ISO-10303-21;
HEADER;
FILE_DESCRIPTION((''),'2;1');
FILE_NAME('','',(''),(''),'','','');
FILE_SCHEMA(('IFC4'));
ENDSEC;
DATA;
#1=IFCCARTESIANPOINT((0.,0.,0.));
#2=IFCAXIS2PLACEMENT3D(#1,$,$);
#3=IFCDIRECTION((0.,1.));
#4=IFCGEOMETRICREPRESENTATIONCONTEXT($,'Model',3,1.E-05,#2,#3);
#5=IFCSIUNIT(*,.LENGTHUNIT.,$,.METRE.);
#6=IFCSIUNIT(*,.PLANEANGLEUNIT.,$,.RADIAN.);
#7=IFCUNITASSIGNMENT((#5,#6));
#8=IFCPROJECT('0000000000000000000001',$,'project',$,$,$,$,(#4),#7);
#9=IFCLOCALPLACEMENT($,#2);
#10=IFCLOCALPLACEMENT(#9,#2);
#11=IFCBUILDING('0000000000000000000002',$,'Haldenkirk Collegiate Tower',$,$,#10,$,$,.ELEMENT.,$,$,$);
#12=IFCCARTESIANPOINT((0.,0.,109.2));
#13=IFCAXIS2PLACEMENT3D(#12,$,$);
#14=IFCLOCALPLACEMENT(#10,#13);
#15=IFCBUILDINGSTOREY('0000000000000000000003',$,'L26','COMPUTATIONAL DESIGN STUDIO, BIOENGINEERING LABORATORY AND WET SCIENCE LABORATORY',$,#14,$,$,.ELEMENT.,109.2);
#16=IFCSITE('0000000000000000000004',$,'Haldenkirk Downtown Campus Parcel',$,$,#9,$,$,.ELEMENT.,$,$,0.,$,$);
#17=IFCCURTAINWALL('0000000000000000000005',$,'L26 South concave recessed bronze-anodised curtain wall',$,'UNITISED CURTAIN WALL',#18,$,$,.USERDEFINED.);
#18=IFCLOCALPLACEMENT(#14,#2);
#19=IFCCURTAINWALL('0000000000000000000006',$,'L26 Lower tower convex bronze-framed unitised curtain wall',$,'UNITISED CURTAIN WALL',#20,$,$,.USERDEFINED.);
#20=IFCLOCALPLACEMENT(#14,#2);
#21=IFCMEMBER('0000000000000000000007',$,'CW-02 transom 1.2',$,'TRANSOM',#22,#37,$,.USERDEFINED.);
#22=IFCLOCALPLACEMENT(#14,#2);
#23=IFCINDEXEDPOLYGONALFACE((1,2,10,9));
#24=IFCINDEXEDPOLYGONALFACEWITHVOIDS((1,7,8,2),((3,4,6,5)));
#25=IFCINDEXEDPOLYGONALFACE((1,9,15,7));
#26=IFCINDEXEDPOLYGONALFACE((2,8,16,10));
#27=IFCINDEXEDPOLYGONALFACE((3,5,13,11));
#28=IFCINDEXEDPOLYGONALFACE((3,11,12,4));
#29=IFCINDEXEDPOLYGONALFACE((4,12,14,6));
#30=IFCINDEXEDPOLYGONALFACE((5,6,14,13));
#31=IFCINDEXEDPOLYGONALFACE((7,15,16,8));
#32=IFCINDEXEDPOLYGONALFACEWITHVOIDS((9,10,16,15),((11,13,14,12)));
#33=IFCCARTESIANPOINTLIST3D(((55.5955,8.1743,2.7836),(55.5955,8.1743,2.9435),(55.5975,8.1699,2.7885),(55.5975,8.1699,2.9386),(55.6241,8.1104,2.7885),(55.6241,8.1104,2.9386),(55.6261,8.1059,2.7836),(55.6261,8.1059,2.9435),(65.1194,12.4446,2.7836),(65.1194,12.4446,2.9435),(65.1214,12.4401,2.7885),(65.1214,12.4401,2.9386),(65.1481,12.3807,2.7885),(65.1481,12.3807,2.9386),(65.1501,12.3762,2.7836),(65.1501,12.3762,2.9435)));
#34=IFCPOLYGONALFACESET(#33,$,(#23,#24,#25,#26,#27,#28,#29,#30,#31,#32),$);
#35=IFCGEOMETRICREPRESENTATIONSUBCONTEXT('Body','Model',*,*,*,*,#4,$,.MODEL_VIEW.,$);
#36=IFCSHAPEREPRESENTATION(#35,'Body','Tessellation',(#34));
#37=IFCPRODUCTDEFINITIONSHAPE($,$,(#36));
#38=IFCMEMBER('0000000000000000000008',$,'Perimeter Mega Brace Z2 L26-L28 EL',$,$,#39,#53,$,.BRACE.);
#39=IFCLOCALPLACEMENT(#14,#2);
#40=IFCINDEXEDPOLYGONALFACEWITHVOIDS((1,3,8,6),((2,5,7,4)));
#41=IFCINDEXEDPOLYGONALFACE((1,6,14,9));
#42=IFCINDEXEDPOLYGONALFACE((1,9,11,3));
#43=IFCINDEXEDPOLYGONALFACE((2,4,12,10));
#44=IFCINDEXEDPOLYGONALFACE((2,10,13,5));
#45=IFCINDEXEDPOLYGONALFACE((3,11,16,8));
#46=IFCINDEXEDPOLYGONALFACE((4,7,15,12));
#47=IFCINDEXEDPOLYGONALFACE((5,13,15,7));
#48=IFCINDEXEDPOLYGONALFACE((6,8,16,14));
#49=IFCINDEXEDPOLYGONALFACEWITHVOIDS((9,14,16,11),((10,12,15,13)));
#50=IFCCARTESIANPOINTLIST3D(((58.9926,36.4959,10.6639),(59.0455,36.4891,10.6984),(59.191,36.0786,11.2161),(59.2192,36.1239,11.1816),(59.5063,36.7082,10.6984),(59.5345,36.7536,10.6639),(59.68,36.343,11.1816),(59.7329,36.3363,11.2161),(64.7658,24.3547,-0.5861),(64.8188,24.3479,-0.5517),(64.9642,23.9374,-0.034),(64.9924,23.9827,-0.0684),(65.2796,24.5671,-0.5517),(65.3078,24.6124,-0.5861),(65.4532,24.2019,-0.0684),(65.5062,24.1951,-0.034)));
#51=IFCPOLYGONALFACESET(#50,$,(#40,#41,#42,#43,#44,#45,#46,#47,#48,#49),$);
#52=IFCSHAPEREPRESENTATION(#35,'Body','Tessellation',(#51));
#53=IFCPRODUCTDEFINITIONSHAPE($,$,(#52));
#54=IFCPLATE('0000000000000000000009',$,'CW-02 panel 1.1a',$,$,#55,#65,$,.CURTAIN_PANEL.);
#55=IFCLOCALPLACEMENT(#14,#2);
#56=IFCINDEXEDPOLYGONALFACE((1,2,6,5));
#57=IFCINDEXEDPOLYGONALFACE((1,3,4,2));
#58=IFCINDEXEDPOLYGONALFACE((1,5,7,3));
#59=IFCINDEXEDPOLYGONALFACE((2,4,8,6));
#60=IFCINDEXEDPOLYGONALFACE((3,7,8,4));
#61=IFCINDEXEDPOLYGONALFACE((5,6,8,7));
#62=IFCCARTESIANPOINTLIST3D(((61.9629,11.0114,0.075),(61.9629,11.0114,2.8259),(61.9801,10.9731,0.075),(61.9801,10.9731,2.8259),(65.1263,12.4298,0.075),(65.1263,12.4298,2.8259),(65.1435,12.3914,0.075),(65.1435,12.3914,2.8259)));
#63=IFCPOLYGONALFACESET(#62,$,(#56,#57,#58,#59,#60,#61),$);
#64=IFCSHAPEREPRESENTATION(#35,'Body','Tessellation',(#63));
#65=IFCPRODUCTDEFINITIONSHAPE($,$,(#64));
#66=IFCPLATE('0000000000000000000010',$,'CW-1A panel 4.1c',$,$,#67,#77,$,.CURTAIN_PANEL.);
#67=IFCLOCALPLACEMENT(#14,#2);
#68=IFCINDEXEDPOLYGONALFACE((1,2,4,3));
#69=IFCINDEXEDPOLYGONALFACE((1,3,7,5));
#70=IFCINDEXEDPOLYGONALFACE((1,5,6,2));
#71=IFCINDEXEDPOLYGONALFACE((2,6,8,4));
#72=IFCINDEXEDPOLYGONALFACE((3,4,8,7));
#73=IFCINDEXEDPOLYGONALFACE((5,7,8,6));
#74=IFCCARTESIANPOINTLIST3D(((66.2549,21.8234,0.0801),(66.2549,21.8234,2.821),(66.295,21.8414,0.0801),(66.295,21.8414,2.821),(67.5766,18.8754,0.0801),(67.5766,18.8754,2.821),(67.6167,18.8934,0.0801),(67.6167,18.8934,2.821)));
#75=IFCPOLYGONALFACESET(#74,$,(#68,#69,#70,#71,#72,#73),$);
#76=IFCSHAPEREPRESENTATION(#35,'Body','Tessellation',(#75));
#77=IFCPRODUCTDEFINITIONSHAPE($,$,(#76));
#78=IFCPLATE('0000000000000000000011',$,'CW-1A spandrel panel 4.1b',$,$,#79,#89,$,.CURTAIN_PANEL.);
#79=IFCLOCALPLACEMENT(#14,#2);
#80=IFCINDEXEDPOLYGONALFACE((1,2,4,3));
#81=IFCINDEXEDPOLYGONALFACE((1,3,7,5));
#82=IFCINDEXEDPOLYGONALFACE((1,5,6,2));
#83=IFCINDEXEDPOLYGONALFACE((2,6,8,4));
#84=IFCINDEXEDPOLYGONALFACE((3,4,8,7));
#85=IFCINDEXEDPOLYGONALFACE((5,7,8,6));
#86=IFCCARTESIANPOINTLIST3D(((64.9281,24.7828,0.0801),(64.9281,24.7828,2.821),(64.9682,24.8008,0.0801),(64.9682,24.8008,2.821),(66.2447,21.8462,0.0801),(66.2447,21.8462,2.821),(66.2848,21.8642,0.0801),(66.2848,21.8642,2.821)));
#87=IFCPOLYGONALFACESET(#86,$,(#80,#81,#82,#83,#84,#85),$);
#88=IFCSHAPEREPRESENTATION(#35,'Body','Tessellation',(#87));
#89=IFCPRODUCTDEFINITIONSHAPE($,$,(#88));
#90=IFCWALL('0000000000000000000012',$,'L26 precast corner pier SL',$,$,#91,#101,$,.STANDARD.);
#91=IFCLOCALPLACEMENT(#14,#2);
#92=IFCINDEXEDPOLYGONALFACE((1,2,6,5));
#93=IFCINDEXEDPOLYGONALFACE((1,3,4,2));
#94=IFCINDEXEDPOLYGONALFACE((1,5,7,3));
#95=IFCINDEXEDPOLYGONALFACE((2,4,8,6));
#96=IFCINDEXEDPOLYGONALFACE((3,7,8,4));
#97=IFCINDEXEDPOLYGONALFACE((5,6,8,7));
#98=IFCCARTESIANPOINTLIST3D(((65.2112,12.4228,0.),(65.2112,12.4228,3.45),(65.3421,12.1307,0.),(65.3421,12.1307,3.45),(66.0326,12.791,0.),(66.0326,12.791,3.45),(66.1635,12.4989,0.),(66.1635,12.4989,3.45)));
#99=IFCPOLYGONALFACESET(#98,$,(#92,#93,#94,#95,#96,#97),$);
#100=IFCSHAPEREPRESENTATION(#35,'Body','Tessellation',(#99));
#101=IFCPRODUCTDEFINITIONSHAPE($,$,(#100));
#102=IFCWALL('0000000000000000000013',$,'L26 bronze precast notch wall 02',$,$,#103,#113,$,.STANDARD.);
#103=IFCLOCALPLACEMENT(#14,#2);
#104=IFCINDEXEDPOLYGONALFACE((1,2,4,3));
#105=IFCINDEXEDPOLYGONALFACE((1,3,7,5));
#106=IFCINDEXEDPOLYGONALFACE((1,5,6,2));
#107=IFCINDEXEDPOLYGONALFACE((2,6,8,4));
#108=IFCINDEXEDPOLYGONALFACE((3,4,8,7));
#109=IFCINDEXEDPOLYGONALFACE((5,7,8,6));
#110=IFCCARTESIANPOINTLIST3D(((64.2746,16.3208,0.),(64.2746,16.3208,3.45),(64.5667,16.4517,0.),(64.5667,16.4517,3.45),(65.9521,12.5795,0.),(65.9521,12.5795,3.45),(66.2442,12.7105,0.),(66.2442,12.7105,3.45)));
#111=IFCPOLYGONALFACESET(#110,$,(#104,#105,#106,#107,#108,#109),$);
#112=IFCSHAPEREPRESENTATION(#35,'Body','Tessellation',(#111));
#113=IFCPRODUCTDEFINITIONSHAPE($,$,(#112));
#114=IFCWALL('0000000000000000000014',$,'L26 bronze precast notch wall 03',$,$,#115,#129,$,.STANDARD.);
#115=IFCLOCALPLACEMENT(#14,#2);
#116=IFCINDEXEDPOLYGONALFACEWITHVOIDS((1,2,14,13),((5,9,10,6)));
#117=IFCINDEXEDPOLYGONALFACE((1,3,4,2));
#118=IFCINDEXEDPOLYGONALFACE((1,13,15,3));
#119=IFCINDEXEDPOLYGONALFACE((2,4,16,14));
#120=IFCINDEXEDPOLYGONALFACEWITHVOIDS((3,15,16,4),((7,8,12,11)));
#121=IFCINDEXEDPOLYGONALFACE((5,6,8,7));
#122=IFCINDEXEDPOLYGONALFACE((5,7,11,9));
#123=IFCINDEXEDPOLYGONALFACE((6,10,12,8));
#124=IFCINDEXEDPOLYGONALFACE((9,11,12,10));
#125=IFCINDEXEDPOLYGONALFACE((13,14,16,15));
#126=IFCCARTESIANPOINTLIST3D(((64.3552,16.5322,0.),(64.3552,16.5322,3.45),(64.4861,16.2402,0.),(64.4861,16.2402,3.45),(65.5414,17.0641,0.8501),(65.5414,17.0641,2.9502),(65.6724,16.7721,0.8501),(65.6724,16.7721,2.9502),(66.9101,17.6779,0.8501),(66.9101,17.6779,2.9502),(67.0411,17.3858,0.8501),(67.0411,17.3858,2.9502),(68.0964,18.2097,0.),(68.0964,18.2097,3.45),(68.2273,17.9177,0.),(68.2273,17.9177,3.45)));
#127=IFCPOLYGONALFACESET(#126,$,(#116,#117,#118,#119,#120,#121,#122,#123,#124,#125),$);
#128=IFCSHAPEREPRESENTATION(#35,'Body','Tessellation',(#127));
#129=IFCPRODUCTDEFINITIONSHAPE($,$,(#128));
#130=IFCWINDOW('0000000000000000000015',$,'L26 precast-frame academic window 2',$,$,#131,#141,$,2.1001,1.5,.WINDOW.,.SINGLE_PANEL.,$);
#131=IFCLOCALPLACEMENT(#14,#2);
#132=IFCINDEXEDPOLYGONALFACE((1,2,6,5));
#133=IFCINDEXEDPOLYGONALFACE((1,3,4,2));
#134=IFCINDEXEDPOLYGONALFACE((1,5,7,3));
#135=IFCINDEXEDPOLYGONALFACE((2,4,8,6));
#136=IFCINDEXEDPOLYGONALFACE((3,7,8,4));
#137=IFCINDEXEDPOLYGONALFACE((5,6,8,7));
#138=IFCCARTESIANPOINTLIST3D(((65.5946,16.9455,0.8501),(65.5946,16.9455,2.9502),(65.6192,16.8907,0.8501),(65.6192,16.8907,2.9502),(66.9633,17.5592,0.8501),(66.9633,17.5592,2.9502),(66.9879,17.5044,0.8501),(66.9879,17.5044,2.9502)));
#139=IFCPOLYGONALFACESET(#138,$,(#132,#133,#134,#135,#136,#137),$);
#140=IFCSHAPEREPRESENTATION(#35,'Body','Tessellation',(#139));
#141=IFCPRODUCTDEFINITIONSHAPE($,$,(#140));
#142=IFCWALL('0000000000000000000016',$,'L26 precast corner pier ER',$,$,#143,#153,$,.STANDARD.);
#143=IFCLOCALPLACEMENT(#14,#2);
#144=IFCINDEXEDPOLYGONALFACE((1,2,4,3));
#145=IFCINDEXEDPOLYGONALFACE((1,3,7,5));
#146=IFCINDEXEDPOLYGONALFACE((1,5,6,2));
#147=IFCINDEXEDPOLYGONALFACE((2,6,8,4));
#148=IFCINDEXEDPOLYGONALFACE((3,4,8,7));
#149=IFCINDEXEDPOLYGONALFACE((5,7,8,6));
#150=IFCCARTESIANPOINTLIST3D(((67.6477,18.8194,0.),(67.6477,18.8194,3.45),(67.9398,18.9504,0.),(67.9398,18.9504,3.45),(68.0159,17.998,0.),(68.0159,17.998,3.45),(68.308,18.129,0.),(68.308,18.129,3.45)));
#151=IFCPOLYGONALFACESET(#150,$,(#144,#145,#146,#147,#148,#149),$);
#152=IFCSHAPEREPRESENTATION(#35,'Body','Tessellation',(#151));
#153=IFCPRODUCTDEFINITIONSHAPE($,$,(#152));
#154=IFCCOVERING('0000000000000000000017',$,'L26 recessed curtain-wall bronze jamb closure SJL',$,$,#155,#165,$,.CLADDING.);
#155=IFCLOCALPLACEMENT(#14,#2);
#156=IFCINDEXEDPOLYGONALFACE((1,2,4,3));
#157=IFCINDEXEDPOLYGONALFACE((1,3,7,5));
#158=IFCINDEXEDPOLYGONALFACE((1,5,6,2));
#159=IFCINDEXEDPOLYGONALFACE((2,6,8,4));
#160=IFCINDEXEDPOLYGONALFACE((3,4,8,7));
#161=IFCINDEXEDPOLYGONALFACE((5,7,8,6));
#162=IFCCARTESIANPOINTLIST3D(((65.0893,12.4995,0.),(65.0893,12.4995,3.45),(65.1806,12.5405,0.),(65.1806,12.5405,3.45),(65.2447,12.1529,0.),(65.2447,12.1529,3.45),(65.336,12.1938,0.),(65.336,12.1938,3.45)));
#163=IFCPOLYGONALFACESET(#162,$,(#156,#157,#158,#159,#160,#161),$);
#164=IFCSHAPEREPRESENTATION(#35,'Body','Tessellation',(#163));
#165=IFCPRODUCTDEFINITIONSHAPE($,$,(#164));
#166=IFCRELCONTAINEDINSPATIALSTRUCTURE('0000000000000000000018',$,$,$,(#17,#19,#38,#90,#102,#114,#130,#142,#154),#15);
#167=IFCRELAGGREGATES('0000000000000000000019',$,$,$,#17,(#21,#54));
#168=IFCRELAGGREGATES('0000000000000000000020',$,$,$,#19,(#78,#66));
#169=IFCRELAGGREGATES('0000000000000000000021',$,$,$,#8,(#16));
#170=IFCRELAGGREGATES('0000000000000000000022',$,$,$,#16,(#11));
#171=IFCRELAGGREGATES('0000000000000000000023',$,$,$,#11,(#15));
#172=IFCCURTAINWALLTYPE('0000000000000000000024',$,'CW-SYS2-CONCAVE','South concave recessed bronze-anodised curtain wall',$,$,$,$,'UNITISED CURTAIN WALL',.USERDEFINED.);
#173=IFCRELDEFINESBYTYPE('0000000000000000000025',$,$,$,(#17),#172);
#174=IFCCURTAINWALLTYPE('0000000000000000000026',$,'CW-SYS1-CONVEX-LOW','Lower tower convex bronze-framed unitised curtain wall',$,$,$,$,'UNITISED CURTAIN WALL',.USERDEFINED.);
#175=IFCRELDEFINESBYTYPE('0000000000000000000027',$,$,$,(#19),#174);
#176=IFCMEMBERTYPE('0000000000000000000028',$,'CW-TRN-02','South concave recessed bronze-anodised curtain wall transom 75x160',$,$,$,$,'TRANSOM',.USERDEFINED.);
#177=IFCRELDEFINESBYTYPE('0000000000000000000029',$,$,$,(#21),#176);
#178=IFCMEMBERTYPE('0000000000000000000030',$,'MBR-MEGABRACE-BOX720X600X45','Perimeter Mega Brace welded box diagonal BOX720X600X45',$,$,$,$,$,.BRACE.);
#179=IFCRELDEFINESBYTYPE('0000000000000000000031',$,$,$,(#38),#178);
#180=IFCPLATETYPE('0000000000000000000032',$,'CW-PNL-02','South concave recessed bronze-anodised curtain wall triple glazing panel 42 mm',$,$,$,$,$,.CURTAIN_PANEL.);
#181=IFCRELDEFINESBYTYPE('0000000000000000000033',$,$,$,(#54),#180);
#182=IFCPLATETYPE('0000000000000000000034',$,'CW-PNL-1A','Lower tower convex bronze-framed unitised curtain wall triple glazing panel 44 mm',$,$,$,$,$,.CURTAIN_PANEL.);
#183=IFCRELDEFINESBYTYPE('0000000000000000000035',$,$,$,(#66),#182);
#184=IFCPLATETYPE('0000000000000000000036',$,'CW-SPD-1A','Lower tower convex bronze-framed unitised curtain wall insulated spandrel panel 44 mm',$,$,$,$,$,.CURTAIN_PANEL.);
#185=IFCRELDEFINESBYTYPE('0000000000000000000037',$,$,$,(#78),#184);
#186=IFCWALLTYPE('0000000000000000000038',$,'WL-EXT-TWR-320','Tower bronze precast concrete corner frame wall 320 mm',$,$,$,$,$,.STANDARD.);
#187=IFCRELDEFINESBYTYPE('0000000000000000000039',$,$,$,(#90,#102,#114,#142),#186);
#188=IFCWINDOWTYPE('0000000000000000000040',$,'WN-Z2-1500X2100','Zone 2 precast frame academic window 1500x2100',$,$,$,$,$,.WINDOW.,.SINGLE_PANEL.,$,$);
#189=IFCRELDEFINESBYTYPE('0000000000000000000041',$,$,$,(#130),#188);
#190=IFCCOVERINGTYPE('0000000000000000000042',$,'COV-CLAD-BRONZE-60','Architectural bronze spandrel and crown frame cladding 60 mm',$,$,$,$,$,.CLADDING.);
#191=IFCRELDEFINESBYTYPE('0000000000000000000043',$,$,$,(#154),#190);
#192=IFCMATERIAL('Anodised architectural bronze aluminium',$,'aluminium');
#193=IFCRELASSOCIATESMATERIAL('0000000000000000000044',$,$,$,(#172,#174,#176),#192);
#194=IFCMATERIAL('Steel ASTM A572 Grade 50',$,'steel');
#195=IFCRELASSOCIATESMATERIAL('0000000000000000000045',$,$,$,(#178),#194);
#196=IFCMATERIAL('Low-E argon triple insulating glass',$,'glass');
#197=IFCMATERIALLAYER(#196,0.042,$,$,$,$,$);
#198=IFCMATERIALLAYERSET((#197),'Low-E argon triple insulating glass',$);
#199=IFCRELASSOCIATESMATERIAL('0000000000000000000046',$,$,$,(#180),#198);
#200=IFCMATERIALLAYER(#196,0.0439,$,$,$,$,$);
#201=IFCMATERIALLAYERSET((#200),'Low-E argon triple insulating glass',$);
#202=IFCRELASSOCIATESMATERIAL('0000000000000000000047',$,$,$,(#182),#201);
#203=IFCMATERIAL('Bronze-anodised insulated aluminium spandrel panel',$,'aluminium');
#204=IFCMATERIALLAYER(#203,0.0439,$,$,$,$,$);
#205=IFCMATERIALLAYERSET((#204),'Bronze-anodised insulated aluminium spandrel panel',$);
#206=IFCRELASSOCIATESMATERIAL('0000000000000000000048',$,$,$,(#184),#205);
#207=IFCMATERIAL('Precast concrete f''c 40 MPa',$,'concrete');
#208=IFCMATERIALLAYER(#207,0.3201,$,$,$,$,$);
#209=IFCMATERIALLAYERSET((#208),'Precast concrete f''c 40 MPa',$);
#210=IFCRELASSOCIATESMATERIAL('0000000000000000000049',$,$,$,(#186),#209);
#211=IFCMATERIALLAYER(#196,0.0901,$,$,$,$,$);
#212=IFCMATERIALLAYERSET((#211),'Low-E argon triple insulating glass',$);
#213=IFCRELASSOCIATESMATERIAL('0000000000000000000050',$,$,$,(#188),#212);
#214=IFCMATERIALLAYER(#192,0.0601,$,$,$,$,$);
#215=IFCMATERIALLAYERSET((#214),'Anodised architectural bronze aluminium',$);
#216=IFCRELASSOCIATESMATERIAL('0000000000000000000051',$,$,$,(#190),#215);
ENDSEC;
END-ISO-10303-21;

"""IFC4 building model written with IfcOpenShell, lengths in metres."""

from ifc_helpers import new_model, si_unit, direction, frame, frame_2d, origin, origin_2d, place, context, subcontext, project, spatial, rectangle, hollow_rectangle, extrude, source, transform, mapped, material, layer, layer_set, material_profile, profile_set, type_object, element, fill, aggregate, save


model = new_model("IFC4")

# Units and contexts
model_context = context("Model", 3, precision=1e-05, world=origin(), true_north=direction((0.0, 1.0)))
body_context = subcontext(model_context, "Body", "Model", "MODEL_VIEW")
ifc_project = project(units=[si_unit("LENGTHUNIT", "METRE"), si_unit("PLANEANGLEUNIT", "RADIAN")], contexts=[model_context])

# Site, building, storey
site_placement = place(None, origin())
site = spatial("IfcSite", under=ifc_project, at=site_placement, Name="Haldenkirk Downtown Campus Parcel", CompositionType="ELEMENT", RefElevation=0.0)
building_placement = place(site_placement, origin())
building = spatial("IfcBuilding", under=site, at=building_placement, Name="Haldenkirk Collegiate Tower", CompositionType="ELEMENT")
storey_placement = place(building_placement, frame((0.0, 0.0, 109.2)))
storey = spatial("IfcBuildingStorey", under=building, at=storey_placement, Name="L26", Description="COMPUTATIONAL DESIGN STUDIO, BIOENGINEERING LABORATORY AND WET SCIENCE LABORATORY", CompositionType="ELEMENT", Elevation=109.2)

# Curtain walls
ifc_material_1 = material(Name="Anodised architectural bronze aluminium", Category="aluminium")
curtain_wall_type_1 = type_object("IfcCurtainWallType", Name="CW-SYS2-CONCAVE", Description="South concave recessed bronze-anodised curtain wall", ElementType="UNITISED CURTAIN WALL", PredefinedType="USERDEFINED", material=ifc_material_1)
curtain_wall_1_placement = place(storey_placement, origin())
curtain_wall_1 = element("IfcCurtainWall", 1, at=curtain_wall_1_placement, inside=storey, type_object=curtain_wall_type_1, Name="L26 South concave recessed bronze-anodised curtain wall", ObjectType="UNITISED CURTAIN WALL", PredefinedType="USERDEFINED")
curtain_wall_type_2 = type_object("IfcCurtainWallType", Name="CW-SYS1-CONVEX-LOW", Description="Lower tower convex bronze-framed unitised curtain wall", ElementType="UNITISED CURTAIN WALL", PredefinedType="USERDEFINED", material=ifc_material_1)
curtain_wall_2_placement = place(storey_placement, origin())
curtain_wall_2 = element("IfcCurtainWall", 2, at=curtain_wall_2_placement, inside=storey, type_object=curtain_wall_type_2, Name="L26 Lower tower convex bronze-framed unitised curtain wall", ObjectType="UNITISED CURTAIN WALL", PredefinedType="USERDEFINED")

# Members
ifc_material_profile_1 = material_profile(ifc_material_1, hollow_rectangle(XDim=0.075, YDim=0.1599, WallThickness=0.0049, at=origin_2d()), Name="CW-TRN-02")
ifc_profile_set_1 = profile_set([ifc_material_profile_1], Name="Anodised architectural bronze aluminium")
member_type_1 = type_object("IfcMemberType", Name="CW-TRN-02", Description="South concave recessed bronze-anodised curtain wall transom 75x160", ElementType="TRANSOM", PredefinedType="USERDEFINED", material=ifc_profile_set_1)
member_1_placement = place(storey_placement, frame((65.1348, 12.4104, 2.8635), z_axis=(-0.912477, -0.409129, 0.0), x_axis=(0.409129, -0.912477, 0.0)))
member_1 = element("IfcMember", 3, at=member_1_placement, type_object=member_type_1, Name="CW-02 transom 1.2", ObjectType="TRANSOM", PredefinedType="USERDEFINED", context=body_context, shape_type="SweptSolid", body=[
    extrude(hollow_rectangle(XDim=0.075, YDim=0.1599, WallThickness=0.0049, at=origin_2d()), origin(), (0.0, 0.0, 1.0), 10.4375),
])
ifc_material_2 = material(Name="Steel ASTM A572 Grade 50", Category="steel")
ifc_material_profile_2 = material_profile(ifc_material_2, hollow_rectangle(XDim=0.6001, YDim=0.72, WallThickness=0.0449, at=origin_2d()), Name="BOX720X600X45")
ifc_profile_set_2 = profile_set([ifc_material_profile_2], Name="Steel ASTM A572 Grade 50")
member_type_2 = type_object("IfcMemberType", Name="MBR-MEGABRACE-BOX720X600X45", Description="Perimeter Mega Brace welded box diagonal BOX720X600X45", PredefinedType="BRACE", material=ifc_profile_set_2)
member_2_placement = place(storey_placement, frame((65.136, 24.2749, -0.3101), z_axis=(-0.329333, 0.692593, 0.641759), x_axis=(-0.9031, -0.429431, 0.0)))
element("IfcMember", 4, at=member_2_placement, inside=storey, type_object=member_type_2, Name="Perimeter Mega Brace Z2 L26-L28 EL", PredefinedType="BRACE", context=body_context, shape_type="SweptSolid", body=[
    extrude(hollow_rectangle(XDim=0.6001, YDim=0.72, WallThickness=0.0449, at=origin_2d()), origin(), (0.0, 0.0, 1.0), 17.53),
])

# Plates
ifc_material_3 = material(Name="Low-E argon triple insulating glass", Category="glass")
ifc_layer_1 = layer(ifc_material_3, 0.042)
ifc_layer_set_1 = layer_set([ifc_layer_1], Name="Low-E argon triple insulating glass")
plate_type_1 = type_object("IfcPlateType", Name="CW-PNL-02", Description="South concave recessed bronze-anodised curtain wall triple glazing panel 42 mm", PredefinedType="CURTAIN_PANEL", material=ifc_layer_set_1)
shared_shape_1 = source(origin(), body_context, "Body", "SweptSolid", [
    extrude(rectangle(XDim=3.4668, YDim=0.042, at=origin_2d()), origin(), (0.0, 0.0, 1.0), 2.751),
])
plate_1_placement = place(storey_placement, frame((63.5532, 11.7014, 0.075), z_axis=(0.0, 0.0, 1.0), x_axis=(-0.912477, -0.409127, 0.0)))
plate_1 = element("IfcPlate", 5, at=plate_1_placement, type_object=plate_type_1, Name="CW-02 panel 1.1a", PredefinedType="CURTAIN_PANEL", context=body_context, shape_type="MappedRepresentation", body=[
    mapped(shared_shape_1, transform((0.0, 0.0, 0.0), x_axis=(1.0, 0.0, 0.0), y_axis=(0.0, 1.0, 0.0), z_axis=(0.0, 0.0, 1.0), scale=1.0)),
])
aggregate(curtain_wall_1, [member_1, plate_1])
ifc_layer_2 = layer(ifc_material_3, 0.0439)
ifc_layer_set_2 = layer_set([ifc_layer_2], Name="Low-E argon triple insulating glass")
plate_type_2 = type_object("IfcPlateType", Name="CW-PNL-1A", Description="Lower tower convex bronze-framed unitised curtain wall triple glazing panel 44 mm", PredefinedType="CURTAIN_PANEL", material=ifc_layer_set_2)
shared_shape_2 = source(origin(), body_context, "Body", "SweptSolid", [
    extrude(rectangle(XDim=3.2307, YDim=0.0439, at=origin_2d()), origin(), (0.0, 0.0, 1.0), 2.741),
])
plate_2_placement = place(storey_placement, frame((66.9358, 20.3584, 0.0801), z_axis=(0.0, 0.0, 1.0), x_axis=(0.409129, -0.912476, 0.0)))
plate_2 = element("IfcPlate", 6, at=plate_2_placement, type_object=plate_type_2, Name="CW-1A panel 4.1c", PredefinedType="CURTAIN_PANEL", context=body_context, shape_type="MappedRepresentation", body=[
    mapped(shared_shape_2, transform((0.0, 0.0, 0.0), x_axis=(1.0, 0.0, 0.0), y_axis=(0.0, 1.0, 0.0), z_axis=(0.0, 0.0, 1.0), scale=1.0)),
])
ifc_material_4 = material(Name="Bronze-anodised insulated aluminium spandrel panel", Category="aluminium")
ifc_layer_3 = layer(ifc_material_4, 0.0439)
ifc_layer_set_3 = layer_set([ifc_layer_3], Name="Bronze-anodised insulated aluminium spandrel panel")
plate_type_3 = type_object("IfcPlateType", Name="CW-SPD-1A", Description="Lower tower convex bronze-framed unitised curtain wall insulated spandrel panel 44 mm", PredefinedType="CURTAIN_PANEL", material=ifc_layer_set_3)
shared_shape_3 = source(origin(), body_context, "Body", "SweptSolid", [
    extrude(rectangle(XDim=3.2183, YDim=0.0439, at=origin_2d()), origin(), (0.0, 0.0, 1.0), 2.741),
])
plate_3_placement = place(storey_placement, frame((65.6064, 23.3235, 0.0801), z_axis=(0.0, 0.0, 1.0), x_axis=(0.409129, -0.912476, 0.0)))
plate_3 = element("IfcPlate", 7, at=plate_3_placement, type_object=plate_type_3, Name="CW-1A spandrel panel 4.1b", PredefinedType="CURTAIN_PANEL", context=body_context, shape_type="MappedRepresentation", body=[
    mapped(shared_shape_3, transform((0.0, 0.0, 0.0), x_axis=(1.0, 0.0, 0.0), y_axis=(0.0, 1.0, 0.0), z_axis=(0.0, 0.0, 1.0), scale=1.0)),
])
aggregate(curtain_wall_2, [plate_3, plate_2])

# Walls
ifc_material_5 = material(Name="Precast concrete f'c 40 MPa", Category="concrete")
ifc_layer_4 = layer(ifc_material_5, 0.3201)
ifc_layer_set_4 = layer_set([ifc_layer_4], Name="Precast concrete f'c 40 MPa")
wall_type = type_object("IfcWallType", Name="WL-EXT-TWR-320", Description="Tower bronze precast concrete corner frame wall 320 mm", PredefinedType="STANDARD", material=ifc_layer_set_4)
wall_1_placement = place(storey_placement, frame((66.0981, 12.645, 0.0), z_axis=(0.0, 0.0, 1.0), x_axis=(-0.912509, -0.409056, 0.0)))
element("IfcWall", 8, at=wall_1_placement, inside=storey, type_object=wall_type, Name="L26 precast corner pier SL", PredefinedType="STANDARD", context=body_context, shape_type="SweptSolid", body=[
    extrude(rectangle(XDim=0.9001, YDim=0.3201, at=frame_2d((0.4502, 0.0))), origin(), (0.0, 0.0, 1.0), 3.45),
])
wall_2_placement = place(storey_placement, frame((64.4207, 16.3862, 0.0), z_axis=(0.0, 0.0, 1.0), x_axis=(0.409136, -0.912473, 0.0)))
element("IfcWall", 9, at=wall_2_placement, inside=storey, type_object=wall_type, Name="L26 bronze precast notch wall 02", PredefinedType="STANDARD", context=body_context, shape_type="SweptSolid", body=[
    extrude(rectangle(XDim=4.1001, YDim=0.3201, at=frame_2d((2.05, 0.0))), origin(), (0.0, 0.0, 1.0), 3.45),
])

# Wall, opening, window
wall_3_placement = place(storey_placement, frame((68.1619, 18.0637, 0.0), z_axis=(0.0, 0.0, 1.0), x_axis=(-0.912473, -0.409136, 0.0)))
wall_3 = element("IfcWall", 10, at=wall_3_placement, inside=storey, type_object=wall_type, Name="L26 bronze precast notch wall 03", PredefinedType="STANDARD", context=body_context, shape_type="SweptSolid", body=[
    extrude(rectangle(XDim=4.1001, YDim=0.3201, at=frame_2d((2.05, 0.0))), origin(), (0.0, 0.0, 1.0), 3.45),
])
opening_placement = place(wall_3_placement, frame((1.3, 0.0, 0.8501)))
opening = element("IfcOpeningElement", 11, at=opening_placement, cuts=wall_3, PredefinedType="OPENING", context=body_context, shape_type="SweptSolid", body=[
    extrude(rectangle(XDim=1.5, YDim=2.1001, at=frame_2d((0.75, 1.05))), frame((0.0, 0.1699, 0.0), z_axis=(0.0, -1.0, 0.0), x_axis=(1.0, 0.0, 0.0)), (0.0, 0.0, 1.0), 0.3401),
])
ifc_layer_5 = layer(ifc_material_3, 0.0901)
ifc_layer_set_5 = layer_set([ifc_layer_5], Name="Low-E argon triple insulating glass")
window_type = type_object("IfcWindowType", Name="WN-Z2-1500X2100", Description="Zone 2 precast frame academic window 1500x2100", PartitioningType="SINGLE_PANEL", PredefinedType="WINDOW", material=ifc_layer_set_5)
window_placement = place(opening_placement, origin())
window = element("IfcWindow", 12, at=window_placement, inside=storey, type_object=window_type, Name="L26 precast-frame academic window 2", OverallHeight=2.1001, OverallWidth=1.5, PartitioningType="SINGLE_PANEL", PredefinedType="WINDOW", context=body_context, shape_type="SweptSolid", body=[
    extrude(rectangle(XDim=1.5, YDim=2.1001, at=frame_2d((0.75, 1.05))), frame((0.0, 0.03, 0.0), z_axis=(0.0, -1.0, 0.0), x_axis=(1.0, 0.0, 0.0)), (0.0, 0.0, 1.0), 0.0601),
])
fill(opening, window)

# Wall
wall_4_placement = place(storey_placement, frame((67.7937, 18.885, 0.0), z_axis=(0.0, 0.0, 1.0), x_axis=(0.409056, -0.912509, 0.0)))
element("IfcWall", 13, at=wall_4_placement, inside=storey, type_object=wall_type, Name="L26 precast corner pier ER", PredefinedType="STANDARD", context=body_context, shape_type="SweptSolid", body=[
    extrude(rectangle(XDim=0.9001, YDim=0.3201, at=frame_2d((0.4502, 0.0))), origin(), (0.0, 0.0, 1.0), 3.45),
])

# Covering
ifc_layer_6 = layer(ifc_material_1, 0.0601)
ifc_layer_set_6 = layer_set([ifc_layer_6], Name="Anodised architectural bronze aluminium")
covering_type = type_object("IfcCoveringType", Name="COV-CLAD-BRONZE-60", Description="Architectural bronze spandrel and crown frame cladding 60 mm", PredefinedType="CLADDING", material=ifc_layer_set_6)
shared_shape_4 = source(origin(), body_context, "Body", "SweptSolid", [
    extrude(rectangle(XDim=0.1001, YDim=0.3799, at=origin_2d()), origin(), (0.0, 0.0, 1.0), 3.45),
])
for number, where, z_axis, x_axis, name in (
    (14, (65.2126, 12.3467, 0.0), (0.0, 0.0, 1.0), (-0.912477, -0.409127, 0.0), "L26 recessed curtain-wall bronze jamb closure SJL"),
):
    element("IfcCovering", number, at=place(storey_placement, frame(where, z_axis=z_axis, x_axis=x_axis)), inside=storey, type_object=covering_type, Name=name, PredefinedType="CLADDING", context=body_context, shape_type="MappedRepresentation", body=[
        mapped(shared_shape_4, transform((0.0, 0.0, 0.0), x_axis=(1.0, 0.0, 0.0), y_axis=(0.0, 1.0, 0.0), z_axis=(0.0, 0.0, 1.0), scale=1.0)),
    ])

save(model, "model.ifc")
